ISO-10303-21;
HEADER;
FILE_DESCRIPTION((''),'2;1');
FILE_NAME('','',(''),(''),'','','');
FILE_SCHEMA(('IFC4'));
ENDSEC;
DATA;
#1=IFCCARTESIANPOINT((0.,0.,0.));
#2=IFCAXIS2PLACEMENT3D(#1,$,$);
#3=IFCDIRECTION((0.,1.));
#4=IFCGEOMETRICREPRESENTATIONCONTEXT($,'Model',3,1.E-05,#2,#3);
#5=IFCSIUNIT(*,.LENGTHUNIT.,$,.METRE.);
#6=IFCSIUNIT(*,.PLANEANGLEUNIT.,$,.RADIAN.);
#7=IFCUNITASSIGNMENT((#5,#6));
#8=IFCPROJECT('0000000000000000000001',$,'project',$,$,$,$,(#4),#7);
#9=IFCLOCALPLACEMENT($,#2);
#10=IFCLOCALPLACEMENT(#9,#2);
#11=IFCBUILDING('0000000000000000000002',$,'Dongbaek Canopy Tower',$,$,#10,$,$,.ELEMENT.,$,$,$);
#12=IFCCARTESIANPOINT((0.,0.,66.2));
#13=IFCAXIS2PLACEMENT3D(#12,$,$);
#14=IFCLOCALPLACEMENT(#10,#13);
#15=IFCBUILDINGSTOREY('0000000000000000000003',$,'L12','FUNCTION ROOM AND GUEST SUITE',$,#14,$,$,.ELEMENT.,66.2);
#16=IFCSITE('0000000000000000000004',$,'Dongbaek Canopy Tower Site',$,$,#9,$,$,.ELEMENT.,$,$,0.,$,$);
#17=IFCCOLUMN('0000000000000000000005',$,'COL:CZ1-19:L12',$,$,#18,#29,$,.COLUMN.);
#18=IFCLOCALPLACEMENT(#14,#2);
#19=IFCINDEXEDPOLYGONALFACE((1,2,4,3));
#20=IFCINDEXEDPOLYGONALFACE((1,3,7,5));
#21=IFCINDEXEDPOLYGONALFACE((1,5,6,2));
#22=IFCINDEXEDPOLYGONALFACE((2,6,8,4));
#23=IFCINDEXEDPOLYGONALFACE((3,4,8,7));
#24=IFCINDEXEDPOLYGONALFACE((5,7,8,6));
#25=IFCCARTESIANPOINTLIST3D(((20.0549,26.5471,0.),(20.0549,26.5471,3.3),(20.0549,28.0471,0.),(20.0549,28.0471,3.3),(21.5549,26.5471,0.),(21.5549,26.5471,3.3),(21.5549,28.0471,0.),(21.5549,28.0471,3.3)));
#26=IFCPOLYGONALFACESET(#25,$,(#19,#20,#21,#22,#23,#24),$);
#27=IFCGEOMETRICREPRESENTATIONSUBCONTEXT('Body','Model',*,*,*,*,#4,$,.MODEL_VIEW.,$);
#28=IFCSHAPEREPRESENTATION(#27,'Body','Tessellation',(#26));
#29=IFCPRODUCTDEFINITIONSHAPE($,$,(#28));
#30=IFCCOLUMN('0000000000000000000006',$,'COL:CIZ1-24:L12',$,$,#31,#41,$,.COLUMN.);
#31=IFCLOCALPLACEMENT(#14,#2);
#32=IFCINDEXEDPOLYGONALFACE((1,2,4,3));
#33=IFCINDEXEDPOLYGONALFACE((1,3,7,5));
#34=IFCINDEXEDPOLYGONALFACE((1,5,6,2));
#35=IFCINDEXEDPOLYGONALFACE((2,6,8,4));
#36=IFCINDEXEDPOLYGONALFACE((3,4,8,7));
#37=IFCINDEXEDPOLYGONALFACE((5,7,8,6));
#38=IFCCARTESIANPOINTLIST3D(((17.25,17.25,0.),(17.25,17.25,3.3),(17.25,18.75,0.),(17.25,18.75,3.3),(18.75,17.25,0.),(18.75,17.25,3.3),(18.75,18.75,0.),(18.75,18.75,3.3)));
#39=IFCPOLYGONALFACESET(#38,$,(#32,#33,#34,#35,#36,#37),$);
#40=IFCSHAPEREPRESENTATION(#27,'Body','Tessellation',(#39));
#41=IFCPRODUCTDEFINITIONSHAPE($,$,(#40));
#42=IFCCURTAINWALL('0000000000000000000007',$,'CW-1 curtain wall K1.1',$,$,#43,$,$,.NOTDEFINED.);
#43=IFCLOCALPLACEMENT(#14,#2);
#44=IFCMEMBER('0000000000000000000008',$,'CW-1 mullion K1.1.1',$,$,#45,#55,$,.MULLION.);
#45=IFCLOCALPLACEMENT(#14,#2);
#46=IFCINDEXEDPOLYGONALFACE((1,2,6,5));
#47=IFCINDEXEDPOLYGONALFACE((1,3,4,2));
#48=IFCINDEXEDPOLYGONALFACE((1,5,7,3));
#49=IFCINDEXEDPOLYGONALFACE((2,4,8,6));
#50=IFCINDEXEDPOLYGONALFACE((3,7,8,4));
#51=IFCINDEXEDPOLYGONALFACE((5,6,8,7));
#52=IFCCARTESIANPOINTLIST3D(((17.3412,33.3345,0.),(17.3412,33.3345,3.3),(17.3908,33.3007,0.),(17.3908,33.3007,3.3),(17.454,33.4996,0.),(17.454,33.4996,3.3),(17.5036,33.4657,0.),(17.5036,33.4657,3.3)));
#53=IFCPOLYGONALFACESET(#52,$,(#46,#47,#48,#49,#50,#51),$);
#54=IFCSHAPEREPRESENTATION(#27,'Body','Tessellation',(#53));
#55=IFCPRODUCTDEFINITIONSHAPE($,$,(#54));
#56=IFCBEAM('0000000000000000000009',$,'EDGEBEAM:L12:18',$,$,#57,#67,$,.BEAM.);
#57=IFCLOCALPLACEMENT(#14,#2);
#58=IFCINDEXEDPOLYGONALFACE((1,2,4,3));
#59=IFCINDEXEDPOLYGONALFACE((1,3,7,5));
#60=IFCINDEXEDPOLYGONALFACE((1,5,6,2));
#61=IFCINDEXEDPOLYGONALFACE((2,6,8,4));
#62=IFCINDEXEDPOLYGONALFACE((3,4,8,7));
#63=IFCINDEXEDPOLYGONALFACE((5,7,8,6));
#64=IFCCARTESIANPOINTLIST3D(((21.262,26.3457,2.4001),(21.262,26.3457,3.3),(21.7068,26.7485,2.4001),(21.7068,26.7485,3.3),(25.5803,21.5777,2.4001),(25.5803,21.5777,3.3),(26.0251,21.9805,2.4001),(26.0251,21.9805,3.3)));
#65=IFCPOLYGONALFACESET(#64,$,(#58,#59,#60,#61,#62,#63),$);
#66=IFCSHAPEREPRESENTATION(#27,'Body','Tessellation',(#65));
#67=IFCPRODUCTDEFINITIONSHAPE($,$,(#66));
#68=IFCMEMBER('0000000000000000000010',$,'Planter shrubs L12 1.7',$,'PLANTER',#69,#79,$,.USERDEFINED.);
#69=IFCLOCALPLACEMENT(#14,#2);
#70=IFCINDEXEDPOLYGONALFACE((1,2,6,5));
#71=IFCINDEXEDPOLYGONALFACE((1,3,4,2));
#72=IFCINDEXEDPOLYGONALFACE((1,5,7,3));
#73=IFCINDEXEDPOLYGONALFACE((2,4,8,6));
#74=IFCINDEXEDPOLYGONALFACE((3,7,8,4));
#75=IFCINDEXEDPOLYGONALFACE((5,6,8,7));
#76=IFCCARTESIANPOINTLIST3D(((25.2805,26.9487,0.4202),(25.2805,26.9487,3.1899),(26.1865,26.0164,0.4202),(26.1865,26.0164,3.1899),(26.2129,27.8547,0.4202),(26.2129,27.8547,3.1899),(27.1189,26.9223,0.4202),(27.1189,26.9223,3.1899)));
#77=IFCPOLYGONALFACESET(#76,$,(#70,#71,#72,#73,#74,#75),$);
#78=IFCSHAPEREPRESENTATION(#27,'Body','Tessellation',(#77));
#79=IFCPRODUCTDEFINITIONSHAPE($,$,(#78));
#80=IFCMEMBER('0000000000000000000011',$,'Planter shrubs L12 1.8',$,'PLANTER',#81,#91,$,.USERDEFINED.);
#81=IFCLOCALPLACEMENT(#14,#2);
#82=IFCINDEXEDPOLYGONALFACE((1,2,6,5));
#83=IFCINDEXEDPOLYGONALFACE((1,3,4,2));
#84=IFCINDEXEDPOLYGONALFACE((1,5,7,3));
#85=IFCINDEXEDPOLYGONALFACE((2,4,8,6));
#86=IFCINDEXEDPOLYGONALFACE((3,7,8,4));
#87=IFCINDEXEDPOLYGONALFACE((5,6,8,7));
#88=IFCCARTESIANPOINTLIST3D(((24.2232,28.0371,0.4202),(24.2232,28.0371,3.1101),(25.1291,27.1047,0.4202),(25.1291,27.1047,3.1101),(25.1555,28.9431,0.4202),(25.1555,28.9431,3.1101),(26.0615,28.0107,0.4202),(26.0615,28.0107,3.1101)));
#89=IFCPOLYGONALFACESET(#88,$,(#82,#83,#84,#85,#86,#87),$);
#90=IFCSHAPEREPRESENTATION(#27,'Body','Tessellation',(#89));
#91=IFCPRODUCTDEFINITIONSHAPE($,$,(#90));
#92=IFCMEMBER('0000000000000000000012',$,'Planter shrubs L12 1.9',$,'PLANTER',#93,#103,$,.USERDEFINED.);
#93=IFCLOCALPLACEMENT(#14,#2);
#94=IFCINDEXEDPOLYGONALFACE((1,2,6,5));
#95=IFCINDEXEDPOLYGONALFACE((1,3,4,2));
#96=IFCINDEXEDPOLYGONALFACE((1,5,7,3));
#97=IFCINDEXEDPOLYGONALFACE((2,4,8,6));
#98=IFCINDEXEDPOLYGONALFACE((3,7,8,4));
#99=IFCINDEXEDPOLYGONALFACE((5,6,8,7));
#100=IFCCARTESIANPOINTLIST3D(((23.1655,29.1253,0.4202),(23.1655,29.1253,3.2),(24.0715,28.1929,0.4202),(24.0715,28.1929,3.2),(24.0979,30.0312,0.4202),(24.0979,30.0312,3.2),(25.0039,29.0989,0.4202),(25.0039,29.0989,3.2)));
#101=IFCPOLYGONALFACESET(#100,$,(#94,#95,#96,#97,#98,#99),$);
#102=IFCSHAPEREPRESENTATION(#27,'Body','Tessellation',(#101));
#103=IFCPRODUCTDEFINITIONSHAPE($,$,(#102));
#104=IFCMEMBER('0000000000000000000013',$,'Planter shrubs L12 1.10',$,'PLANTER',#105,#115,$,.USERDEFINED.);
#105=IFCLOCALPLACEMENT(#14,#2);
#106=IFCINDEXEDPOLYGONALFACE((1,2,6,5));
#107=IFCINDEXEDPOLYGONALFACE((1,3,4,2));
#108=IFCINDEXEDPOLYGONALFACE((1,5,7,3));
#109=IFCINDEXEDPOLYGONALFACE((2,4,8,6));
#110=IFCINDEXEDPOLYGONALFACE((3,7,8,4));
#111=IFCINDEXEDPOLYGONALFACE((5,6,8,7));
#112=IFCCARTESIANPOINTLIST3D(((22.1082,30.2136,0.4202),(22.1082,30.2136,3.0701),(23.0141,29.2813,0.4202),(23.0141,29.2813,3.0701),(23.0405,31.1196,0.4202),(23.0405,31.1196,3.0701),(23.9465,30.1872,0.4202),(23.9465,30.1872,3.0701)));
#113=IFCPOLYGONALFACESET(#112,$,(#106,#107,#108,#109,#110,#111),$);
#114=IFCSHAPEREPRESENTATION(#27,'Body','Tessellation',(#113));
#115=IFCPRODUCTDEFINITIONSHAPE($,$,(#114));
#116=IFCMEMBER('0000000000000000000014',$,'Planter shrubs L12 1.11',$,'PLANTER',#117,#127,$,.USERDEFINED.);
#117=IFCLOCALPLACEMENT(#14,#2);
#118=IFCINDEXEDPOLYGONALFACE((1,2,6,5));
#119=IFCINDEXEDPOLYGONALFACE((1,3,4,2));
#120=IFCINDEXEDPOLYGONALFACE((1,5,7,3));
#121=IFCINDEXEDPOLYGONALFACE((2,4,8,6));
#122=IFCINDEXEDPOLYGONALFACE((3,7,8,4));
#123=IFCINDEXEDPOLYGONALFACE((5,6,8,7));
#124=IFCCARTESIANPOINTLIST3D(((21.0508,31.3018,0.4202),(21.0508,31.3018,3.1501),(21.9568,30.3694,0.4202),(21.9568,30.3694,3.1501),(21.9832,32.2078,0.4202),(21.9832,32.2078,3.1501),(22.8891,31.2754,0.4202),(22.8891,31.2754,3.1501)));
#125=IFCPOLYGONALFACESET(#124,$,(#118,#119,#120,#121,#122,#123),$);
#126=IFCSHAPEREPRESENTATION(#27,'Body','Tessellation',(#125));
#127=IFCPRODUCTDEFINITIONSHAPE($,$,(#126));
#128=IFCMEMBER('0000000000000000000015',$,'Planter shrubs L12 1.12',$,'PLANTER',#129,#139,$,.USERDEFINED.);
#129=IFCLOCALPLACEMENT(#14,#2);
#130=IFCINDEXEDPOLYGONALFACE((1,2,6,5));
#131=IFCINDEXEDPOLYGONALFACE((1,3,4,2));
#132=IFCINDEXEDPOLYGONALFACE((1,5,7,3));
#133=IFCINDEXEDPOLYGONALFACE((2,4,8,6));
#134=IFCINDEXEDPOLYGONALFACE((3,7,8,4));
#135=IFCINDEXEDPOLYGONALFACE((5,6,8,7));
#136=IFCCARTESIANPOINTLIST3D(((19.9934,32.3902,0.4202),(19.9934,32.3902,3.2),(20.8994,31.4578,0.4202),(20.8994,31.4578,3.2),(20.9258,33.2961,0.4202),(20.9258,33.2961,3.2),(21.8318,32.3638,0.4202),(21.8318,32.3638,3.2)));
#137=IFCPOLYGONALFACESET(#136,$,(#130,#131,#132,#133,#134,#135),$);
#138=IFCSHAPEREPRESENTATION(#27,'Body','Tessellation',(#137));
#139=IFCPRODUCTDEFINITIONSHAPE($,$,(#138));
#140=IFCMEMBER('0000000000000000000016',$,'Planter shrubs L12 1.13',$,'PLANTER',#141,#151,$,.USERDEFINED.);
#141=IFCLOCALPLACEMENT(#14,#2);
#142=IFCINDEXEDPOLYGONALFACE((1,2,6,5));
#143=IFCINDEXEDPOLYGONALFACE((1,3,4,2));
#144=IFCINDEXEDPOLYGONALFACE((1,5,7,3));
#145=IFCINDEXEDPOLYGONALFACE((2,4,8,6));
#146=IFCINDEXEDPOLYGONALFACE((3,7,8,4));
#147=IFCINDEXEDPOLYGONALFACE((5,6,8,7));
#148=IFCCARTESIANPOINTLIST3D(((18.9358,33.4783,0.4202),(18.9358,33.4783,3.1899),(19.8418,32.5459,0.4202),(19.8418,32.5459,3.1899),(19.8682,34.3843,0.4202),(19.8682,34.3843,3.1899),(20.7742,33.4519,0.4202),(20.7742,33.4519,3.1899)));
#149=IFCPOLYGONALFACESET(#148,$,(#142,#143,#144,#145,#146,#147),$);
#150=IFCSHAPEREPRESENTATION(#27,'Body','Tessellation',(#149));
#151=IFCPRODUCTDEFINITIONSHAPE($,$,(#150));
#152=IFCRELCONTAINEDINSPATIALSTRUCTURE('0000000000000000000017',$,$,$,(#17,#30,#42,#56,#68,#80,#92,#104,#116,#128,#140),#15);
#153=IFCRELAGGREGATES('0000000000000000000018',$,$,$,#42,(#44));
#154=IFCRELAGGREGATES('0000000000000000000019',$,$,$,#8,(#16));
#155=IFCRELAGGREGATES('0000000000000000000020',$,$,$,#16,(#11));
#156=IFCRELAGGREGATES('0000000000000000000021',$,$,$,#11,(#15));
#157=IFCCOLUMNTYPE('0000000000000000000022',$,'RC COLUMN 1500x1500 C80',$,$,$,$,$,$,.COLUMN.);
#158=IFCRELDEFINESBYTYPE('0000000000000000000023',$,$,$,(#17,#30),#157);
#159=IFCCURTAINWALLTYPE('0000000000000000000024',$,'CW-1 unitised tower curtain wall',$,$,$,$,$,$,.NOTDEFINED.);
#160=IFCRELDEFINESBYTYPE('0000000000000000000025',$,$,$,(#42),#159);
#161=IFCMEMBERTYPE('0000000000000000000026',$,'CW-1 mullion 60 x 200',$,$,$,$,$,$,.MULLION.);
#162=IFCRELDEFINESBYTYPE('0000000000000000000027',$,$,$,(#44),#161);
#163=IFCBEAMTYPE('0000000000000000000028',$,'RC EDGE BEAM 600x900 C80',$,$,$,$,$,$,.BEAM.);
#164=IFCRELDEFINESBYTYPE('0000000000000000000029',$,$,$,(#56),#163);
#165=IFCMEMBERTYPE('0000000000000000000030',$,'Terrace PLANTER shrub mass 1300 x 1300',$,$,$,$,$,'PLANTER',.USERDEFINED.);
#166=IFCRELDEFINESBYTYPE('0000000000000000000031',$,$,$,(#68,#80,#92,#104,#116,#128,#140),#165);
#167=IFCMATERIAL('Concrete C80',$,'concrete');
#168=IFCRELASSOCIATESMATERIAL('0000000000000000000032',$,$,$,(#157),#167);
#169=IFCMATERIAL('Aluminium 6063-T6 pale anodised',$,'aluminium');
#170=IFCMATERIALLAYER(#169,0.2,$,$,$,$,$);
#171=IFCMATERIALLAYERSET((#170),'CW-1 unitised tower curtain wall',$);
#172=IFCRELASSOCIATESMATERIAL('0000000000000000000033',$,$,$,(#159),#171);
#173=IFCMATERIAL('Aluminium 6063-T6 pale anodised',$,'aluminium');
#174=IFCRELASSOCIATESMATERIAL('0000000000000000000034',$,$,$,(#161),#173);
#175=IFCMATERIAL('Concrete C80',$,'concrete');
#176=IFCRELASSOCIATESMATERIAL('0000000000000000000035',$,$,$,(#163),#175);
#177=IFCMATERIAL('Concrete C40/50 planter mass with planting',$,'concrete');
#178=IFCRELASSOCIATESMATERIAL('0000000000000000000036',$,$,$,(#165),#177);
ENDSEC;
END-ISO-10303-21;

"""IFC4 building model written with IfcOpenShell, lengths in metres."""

from ifc_helpers import new_model, si_unit, direction, frame, origin, origin_2d, place, context, subcontext, project, spatial, rectangle, extrude, material, layer, layer_set, material_profile, profile_set, type_object, element, aggregate, save


model = new_model("IFC4")

# Units and contexts
model_context = context("Model", 3, precision=1e-05, world=origin(), true_north=direction((0.0, 1.0)))
body_context = subcontext(model_context, "Body", "Model", "MODEL_VIEW")
ifc_project = project(units=[si_unit("LENGTHUNIT", "METRE"), si_unit("PLANEANGLEUNIT", "RADIAN")], contexts=[model_context])

# Site, building, storey
site_placement = place(None, origin())
site = spatial("IfcSite", under=ifc_project, at=site_placement, Name="Dongbaek Canopy Tower Site", CompositionType="ELEMENT", RefElevation=0.0)
building_placement = place(site_placement, origin())
building = spatial("IfcBuilding", under=site, at=building_placement, Name="Dongbaek Canopy Tower", CompositionType="ELEMENT")
storey_placement = place(building_placement, frame((0.0, 0.0, 66.2)))
storey = spatial("IfcBuildingStorey", under=building, at=storey_placement, Name="L12", Description="FUNCTION ROOM AND GUEST SUITE", CompositionType="ELEMENT", Elevation=66.2)

# Columns
ifc_material_1 = material(Name="Concrete C80", Category="concrete")
ifc_material_profile_1 = material_profile(ifc_material_1, rectangle(XDim=1.5, YDim=1.5, at=origin_2d()), Name="RC COLUMN 1500x1500 C80")
ifc_profile_set_1 = profile_set([ifc_material_profile_1], Name="Concrete C80")
column_type = type_object("IfcColumnType", Name="RC COLUMN 1500x1500 C80", PredefinedType="COLUMN", material=ifc_profile_set_1)
for number, where, z_axis, x_axis, name in (
    (1, (20.8049, 27.2971, 0.0), (0.0, 0.0, 1.0), (1.0, 0.0, 0.0), "COL:CZ1-19:L12"),
    (2, (18.0, 18.0, 0.0), (0.0, 0.0, 1.0), (1.0, 0.0, 0.0), "COL:CIZ1-24:L12"),
):
    element("IfcColumn", number, at=place(storey_placement, frame(where, z_axis=z_axis, x_axis=x_axis)), inside=storey, type_object=column_type, Name=name, PredefinedType="COLUMN", context=body_context, shape_type="SweptSolid", body=[
        extrude(rectangle(XDim=1.5, YDim=1.5, at=origin_2d()), origin(), (0.0, 0.0, 1.0), 3.3),
    ])

# Curtain wall, member
ifc_material_2 = material(Name="Aluminium 6063-T6 pale anodised", Category="aluminium")
ifc_layer_1 = layer(ifc_material_2, 0.2)
ifc_layer_set_1 = layer_set([ifc_layer_1], Name="CW-1 unitised tower curtain wall")
curtain_wall_type = type_object("IfcCurtainWallType", Name="CW-1 unitised tower curtain wall", PredefinedType="NOTDEFINED", material=ifc_layer_set_1)
curtain_wall_placement = place(storey_placement, origin())
curtain_wall = element("IfcCurtainWall", 3, at=curtain_wall_placement, inside=storey, type_object=curtain_wall_type, Name="CW-1 curtain wall K1.1", PredefinedType="NOTDEFINED")
ifc_material_3 = material(Name="Aluminium 6063-T6 pale anodised", Category="aluminium")
ifc_material_profile_2 = material_profile(ifc_material_3, rectangle(XDim=0.2, YDim=0.0601, at=origin_2d()), Name="CW-1 mullion 60 x 200")
ifc_profile_set_2 = profile_set([ifc_material_profile_2], Name="Aluminium 6063-T6 pale anodised")
member_type_1 = type_object("IfcMemberType", Name="CW-1 mullion 60 x 200", PredefinedType="MULLION", material=ifc_profile_set_2)
member_1_placement = place(storey_placement, frame((17.4224, 33.4001, 0.0), z_axis=(0.0, 0.0, 1.0), x_axis=(0.564196, 0.825641, 0.0)))
member_1 = element("IfcMember", 4, at=member_1_placement, type_object=member_type_1, Name="CW-1 mullion K1.1.1", PredefinedType="MULLION", context=body_context, shape_type="SweptSolid", body=[
    extrude(rectangle(XDim=0.2, YDim=0.0601, at=origin_2d()), origin(), (0.0, 0.0, 1.0), 3.3),
])
aggregate(curtain_wall, [member_1])

# Beam
ifc_material_4 = material(Name="Concrete C80", Category="concrete")
ifc_material_profile_3 = material_profile(ifc_material_4, rectangle(XDim=0.6001, YDim=0.8999, at=origin_2d()), Name="RC EDGE BEAM 600x900 C80")
ifc_profile_set_3 = profile_set([ifc_material_profile_3], Name="Concrete C80")
beam_type = type_object("IfcBeamType", Name="RC EDGE BEAM 600x900 C80", PredefinedType="BEAM", material=ifc_profile_set_3)
beam_placement = place(storey_placement, frame((21.4844, 26.5471, 2.8501), z_axis=(0.671289, -0.741196, 0.0), x_axis=(0.741196, 0.671289, 0.0)))
element("IfcBeam", 5, at=beam_placement, inside=storey, type_object=beam_type, Name="EDGEBEAM:L12:18", PredefinedType="BEAM", context=body_context, shape_type="SweptSolid", body=[
    extrude(rectangle(XDim=0.6001, YDim=0.8999, at=origin_2d()), origin(), (0.0, 0.0, 1.0), 6.4329),
])

# Members
ifc_material_5 = material(Name="Concrete C40/50 planter mass with planting", Category="concrete")
ifc_material_profile_4 = material_profile(ifc_material_5, rectangle(XDim=1.3, YDim=1.3, at=origin_2d()), Name="Terrace PLANTER shrub mass 1300 x 1300")
ifc_profile_set_4 = profile_set([ifc_material_profile_4], Name="Concrete C40/50 planter mass with planting")
member_type_2 = type_object("IfcMemberType", Name="Terrace PLANTER shrub mass 1300 x 1300", ElementType="PLANTER", PredefinedType="USERDEFINED", material=ifc_profile_set_4)
member_2_placement = place(storey_placement, frame((26.1997, 26.9355, 0.4202), z_axis=(0.0, 0.0, 1.0), x_axis=(0.717186, 0.696882, 0.0)))
element("IfcMember", 6, at=member_2_placement, inside=storey, type_object=member_type_2, Name="Planter shrubs L12 1.7", ObjectType="PLANTER", PredefinedType="USERDEFINED", context=body_context, shape_type="SweptSolid", body=[
    extrude(rectangle(XDim=1.3, YDim=1.3, at=origin_2d()), origin(), (0.0, 0.0, 1.0), 2.7698),
])
member_3_placement = place(storey_placement, frame((25.1423, 28.0239, 0.4202), z_axis=(0.0, 0.0, 1.0), x_axis=(0.717186, 0.696882, 0.0)))
element("IfcMember", 7, at=member_3_placement, inside=storey, type_object=member_type_2, Name="Planter shrubs L12 1.8", ObjectType="PLANTER", PredefinedType="USERDEFINED", context=body_context, shape_type="SweptSolid", body=[
    extrude(rectangle(XDim=1.3, YDim=1.3, at=origin_2d()), origin(), (0.0, 0.0, 1.0), 2.6899),
])
member_4_placement = place(storey_placement, frame((24.0847, 29.1121, 0.4202), z_axis=(0.0, 0.0, 1.0), x_axis=(0.717186, 0.696882, 0.0)))
element("IfcMember", 8, at=member_4_placement, inside=storey, type_object=member_type_2, Name="Planter shrubs L12 1.9", ObjectType="PLANTER", PredefinedType="USERDEFINED", context=body_context, shape_type="SweptSolid", body=[
    extrude(rectangle(XDim=1.3, YDim=1.3, at=origin_2d()), origin(), (0.0, 0.0, 1.0), 2.7798),
])
member_5_placement = place(storey_placement, frame((23.0273, 30.2004, 0.4202), z_axis=(0.0, 0.0, 1.0), x_axis=(0.717186, 0.696882, 0.0)))
element("IfcMember", 9, at=member_5_placement, inside=storey, type_object=member_type_2, Name="Planter shrubs L12 1.10", ObjectType="PLANTER", PredefinedType="USERDEFINED", context=body_context, shape_type="SweptSolid", body=[
    extrude(rectangle(XDim=1.3, YDim=1.3, at=origin_2d()), origin(), (0.0, 0.0, 1.0), 2.6499),
])
member_6_placement = place(storey_placement, frame((21.97, 31.2886, 0.4202), z_axis=(0.0, 0.0, 1.0), x_axis=(0.717186, 0.696882, 0.0)))
element("IfcMember", 10, at=member_6_placement, inside=storey, type_object=member_type_2, Name="Planter shrubs L12 1.11", ObjectType="PLANTER", PredefinedType="USERDEFINED", context=body_context, shape_type="SweptSolid", body=[
    extrude(rectangle(XDim=1.3, YDim=1.3, at=origin_2d()), origin(), (0.0, 0.0, 1.0), 2.73),
])
member_7_placement = place(storey_placement, frame((20.9126, 32.377, 0.4202), z_axis=(0.0, 0.0, 1.0), x_axis=(0.717186, 0.696882, 0.0)))
element("IfcMember", 11, at=member_7_placement, inside=storey, type_object=member_type_2, Name="Planter shrubs L12 1.12", ObjectType="PLANTER", PredefinedType="USERDEFINED", context=body_context, shape_type="SweptSolid", body=[
    extrude(rectangle(XDim=1.3, YDim=1.3, at=origin_2d()), origin(), (0.0, 0.0, 1.0), 2.7798),
])
member_8_placement = place(storey_placement, frame((19.855, 33.4651, 0.4202), z_axis=(0.0, 0.0, 1.0), x_axis=(0.717186, 0.696882, 0.0)))
element("IfcMember", 12, at=member_8_placement, inside=storey, type_object=member_type_2, Name="Planter shrubs L12 1.13", ObjectType="PLANTER", PredefinedType="USERDEFINED", context=body_context, shape_type="SweptSolid", body=[
    extrude(rectangle(XDim=1.3, YDim=1.3, at=origin_2d()), origin(), (0.0, 0.0, 1.0), 2.7698),
])

save(model, "model.ifc")
